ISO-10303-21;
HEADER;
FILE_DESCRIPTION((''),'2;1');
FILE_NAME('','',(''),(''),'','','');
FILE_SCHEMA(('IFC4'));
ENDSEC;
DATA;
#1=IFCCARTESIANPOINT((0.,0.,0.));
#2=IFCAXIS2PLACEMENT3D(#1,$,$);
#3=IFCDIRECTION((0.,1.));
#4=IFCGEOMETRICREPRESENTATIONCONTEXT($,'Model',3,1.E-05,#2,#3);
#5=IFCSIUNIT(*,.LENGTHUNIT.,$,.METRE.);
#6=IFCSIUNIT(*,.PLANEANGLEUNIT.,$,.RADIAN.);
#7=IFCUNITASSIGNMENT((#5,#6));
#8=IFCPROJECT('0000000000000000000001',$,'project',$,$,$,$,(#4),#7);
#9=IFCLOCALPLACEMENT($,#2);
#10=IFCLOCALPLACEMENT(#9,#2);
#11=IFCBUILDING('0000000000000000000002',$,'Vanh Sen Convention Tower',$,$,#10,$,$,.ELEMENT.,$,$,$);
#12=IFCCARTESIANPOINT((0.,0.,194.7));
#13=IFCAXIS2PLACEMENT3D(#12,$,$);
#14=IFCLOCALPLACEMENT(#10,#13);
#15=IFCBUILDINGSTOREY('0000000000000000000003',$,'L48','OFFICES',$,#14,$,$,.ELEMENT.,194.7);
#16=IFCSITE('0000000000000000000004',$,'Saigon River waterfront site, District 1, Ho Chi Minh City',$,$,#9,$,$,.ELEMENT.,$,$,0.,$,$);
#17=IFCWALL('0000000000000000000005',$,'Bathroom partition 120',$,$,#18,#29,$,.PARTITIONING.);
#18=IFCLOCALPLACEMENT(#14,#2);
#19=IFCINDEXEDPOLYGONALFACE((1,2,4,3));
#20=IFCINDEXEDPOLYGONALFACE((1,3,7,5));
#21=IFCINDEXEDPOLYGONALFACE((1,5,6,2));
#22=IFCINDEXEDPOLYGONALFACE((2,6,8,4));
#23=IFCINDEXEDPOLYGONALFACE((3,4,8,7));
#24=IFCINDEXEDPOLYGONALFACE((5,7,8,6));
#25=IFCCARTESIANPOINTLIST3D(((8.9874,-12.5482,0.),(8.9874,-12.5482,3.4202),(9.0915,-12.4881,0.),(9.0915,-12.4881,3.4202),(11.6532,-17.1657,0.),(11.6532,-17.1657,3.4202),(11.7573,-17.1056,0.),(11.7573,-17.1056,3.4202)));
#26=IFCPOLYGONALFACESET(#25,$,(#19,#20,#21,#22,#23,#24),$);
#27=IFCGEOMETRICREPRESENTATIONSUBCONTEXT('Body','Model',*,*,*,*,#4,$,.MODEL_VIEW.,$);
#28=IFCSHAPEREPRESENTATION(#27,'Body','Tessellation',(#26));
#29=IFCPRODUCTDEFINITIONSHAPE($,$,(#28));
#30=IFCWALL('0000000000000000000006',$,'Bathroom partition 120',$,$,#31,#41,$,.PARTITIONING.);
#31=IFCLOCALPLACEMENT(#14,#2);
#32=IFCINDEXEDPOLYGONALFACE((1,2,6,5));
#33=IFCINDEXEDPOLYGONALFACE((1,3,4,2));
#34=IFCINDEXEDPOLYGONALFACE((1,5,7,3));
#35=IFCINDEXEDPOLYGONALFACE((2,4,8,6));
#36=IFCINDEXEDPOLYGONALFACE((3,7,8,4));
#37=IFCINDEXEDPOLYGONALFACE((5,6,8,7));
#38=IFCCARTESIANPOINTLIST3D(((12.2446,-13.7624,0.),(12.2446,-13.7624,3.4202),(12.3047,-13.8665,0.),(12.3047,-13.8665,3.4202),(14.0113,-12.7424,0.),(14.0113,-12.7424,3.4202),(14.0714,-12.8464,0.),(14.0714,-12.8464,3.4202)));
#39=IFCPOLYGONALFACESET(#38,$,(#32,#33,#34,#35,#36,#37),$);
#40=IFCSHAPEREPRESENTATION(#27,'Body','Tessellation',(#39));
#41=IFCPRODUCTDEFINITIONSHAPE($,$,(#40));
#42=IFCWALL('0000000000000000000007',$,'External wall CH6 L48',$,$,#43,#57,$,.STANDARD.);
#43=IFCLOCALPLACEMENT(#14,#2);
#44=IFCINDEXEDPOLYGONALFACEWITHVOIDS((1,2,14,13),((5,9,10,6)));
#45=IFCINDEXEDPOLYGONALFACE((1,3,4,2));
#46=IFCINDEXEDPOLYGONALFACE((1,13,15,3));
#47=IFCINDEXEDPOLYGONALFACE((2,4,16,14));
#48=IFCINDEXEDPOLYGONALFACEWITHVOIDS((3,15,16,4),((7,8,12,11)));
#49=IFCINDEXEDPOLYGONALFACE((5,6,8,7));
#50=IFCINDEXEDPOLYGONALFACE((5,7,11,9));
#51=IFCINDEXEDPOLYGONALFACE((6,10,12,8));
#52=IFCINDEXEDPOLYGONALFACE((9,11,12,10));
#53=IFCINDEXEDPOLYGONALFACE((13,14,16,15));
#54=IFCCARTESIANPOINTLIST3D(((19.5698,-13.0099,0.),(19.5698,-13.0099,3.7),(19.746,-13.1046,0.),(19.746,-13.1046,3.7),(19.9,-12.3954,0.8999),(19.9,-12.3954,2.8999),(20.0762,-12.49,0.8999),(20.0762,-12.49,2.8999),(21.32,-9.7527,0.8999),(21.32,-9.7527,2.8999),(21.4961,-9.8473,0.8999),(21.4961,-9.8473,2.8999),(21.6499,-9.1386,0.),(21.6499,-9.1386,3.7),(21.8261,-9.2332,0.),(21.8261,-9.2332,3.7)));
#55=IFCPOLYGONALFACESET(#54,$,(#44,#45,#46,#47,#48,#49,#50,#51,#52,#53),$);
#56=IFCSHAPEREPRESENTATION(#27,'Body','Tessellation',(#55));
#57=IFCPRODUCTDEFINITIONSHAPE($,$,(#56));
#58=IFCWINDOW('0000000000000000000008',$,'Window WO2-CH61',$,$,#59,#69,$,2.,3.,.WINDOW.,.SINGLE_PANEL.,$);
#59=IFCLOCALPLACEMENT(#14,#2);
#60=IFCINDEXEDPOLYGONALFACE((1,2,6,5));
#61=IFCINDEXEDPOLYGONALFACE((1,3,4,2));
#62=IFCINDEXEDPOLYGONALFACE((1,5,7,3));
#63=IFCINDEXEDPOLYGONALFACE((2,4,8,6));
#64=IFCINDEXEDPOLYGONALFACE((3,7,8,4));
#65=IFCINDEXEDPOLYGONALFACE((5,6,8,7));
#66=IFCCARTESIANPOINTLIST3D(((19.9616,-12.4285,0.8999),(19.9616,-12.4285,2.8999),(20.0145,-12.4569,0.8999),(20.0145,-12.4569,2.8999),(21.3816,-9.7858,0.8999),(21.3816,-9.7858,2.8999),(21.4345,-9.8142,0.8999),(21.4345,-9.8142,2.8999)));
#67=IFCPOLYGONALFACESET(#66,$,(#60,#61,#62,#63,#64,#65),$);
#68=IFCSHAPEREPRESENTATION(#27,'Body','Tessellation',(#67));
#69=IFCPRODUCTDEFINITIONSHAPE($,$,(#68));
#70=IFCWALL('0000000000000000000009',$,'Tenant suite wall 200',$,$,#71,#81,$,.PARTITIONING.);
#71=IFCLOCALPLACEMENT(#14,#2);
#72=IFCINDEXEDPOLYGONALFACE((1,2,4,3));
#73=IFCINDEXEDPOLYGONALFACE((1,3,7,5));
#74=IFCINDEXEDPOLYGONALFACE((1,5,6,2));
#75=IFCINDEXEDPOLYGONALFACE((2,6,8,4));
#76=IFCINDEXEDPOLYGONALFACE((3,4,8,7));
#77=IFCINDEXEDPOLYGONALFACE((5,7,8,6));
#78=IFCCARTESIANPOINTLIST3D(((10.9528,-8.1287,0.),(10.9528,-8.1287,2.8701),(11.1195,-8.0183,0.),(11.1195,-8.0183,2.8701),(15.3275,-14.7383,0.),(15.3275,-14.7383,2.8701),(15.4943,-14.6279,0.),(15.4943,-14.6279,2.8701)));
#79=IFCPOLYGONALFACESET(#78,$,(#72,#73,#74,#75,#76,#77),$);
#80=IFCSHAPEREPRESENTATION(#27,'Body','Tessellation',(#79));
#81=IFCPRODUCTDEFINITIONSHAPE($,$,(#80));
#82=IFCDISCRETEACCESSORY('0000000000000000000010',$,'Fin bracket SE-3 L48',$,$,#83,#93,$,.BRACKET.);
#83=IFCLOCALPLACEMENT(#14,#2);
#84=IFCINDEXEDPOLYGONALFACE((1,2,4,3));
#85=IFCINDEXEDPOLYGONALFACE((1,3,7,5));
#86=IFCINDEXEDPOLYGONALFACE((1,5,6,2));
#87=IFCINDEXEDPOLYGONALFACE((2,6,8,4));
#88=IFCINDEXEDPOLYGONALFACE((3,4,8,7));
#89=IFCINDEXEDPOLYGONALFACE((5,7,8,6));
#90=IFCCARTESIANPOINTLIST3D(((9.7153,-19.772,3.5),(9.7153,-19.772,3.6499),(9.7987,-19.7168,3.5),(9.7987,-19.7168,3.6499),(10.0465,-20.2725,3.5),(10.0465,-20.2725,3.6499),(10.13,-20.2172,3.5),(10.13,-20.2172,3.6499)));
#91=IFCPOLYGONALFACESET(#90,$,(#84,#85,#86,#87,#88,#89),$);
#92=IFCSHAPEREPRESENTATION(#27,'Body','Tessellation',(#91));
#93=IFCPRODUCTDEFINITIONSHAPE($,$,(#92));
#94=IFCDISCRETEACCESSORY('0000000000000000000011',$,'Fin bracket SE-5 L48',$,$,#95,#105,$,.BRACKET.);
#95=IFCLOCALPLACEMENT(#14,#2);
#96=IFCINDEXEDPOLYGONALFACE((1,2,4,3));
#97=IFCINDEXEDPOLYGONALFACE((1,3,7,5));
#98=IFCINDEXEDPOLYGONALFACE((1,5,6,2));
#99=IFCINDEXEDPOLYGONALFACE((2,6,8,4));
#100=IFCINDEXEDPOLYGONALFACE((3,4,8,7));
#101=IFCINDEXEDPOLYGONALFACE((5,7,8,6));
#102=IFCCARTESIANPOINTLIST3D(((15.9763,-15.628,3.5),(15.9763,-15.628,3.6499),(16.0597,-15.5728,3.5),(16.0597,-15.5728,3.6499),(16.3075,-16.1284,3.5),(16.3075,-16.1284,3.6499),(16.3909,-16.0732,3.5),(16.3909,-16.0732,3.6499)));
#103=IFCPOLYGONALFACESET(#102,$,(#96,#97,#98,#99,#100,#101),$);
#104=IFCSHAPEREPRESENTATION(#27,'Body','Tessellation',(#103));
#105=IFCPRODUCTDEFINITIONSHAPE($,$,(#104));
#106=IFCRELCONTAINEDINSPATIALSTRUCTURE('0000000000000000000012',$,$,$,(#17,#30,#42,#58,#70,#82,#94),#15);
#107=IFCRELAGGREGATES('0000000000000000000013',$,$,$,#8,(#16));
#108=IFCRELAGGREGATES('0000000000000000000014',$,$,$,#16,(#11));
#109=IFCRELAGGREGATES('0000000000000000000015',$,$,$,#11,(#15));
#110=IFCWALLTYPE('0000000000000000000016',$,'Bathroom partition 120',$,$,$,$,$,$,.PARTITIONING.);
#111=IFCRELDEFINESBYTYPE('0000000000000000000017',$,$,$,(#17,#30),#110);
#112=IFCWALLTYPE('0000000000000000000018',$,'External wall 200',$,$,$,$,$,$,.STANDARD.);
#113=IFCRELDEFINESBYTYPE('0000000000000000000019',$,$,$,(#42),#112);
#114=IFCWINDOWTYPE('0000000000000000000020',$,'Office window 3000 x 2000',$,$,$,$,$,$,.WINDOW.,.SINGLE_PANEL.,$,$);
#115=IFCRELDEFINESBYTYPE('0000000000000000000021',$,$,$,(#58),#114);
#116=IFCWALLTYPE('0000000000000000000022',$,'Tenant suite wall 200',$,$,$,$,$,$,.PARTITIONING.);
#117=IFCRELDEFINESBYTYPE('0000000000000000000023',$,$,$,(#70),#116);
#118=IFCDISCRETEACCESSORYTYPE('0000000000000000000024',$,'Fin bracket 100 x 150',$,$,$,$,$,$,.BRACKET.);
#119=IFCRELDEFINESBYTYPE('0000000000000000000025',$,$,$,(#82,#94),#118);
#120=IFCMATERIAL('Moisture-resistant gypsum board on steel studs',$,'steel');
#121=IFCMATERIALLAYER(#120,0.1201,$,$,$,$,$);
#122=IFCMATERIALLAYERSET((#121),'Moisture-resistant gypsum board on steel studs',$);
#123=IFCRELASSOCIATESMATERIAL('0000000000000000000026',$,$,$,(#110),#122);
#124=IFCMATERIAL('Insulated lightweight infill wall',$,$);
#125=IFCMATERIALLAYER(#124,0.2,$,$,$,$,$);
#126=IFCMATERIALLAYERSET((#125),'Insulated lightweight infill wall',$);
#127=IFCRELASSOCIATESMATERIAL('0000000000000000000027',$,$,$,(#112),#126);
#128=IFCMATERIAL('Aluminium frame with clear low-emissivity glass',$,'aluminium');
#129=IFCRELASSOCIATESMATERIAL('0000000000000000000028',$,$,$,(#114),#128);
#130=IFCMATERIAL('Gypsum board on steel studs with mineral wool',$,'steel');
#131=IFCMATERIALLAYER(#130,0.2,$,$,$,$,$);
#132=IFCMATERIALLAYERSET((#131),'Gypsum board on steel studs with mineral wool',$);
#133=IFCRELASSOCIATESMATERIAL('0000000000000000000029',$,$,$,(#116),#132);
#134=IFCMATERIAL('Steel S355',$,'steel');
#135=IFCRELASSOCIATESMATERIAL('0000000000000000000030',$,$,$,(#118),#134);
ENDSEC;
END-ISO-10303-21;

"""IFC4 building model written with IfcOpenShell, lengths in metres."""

from ifc_helpers import new_model, si_unit, direction, frame, frame_2d, origin, origin_2d, place, context, subcontext, project, spatial, rectangle, extrude, material, layer, layer_set, type_object, element, fill, save


model = new_model("IFC4")

# Units and contexts
model_context = context("Model", 3, precision=1e-05, world=origin(), true_north=direction((0.0, 1.0)))
body_context = subcontext(model_context, "Body", "Model", "MODEL_VIEW")
ifc_project = project(units=[si_unit("LENGTHUNIT", "METRE"), si_unit("PLANEANGLEUNIT", "RADIAN")], contexts=[model_context])

# Site, building, storey
site_placement = place(None, origin())
site = spatial("IfcSite", under=ifc_project, at=site_placement, Name="Saigon River waterfront site, District 1, Ho Chi Minh City", CompositionType="ELEMENT", RefElevation=0.0)
building_placement = place(site_placement, origin())
building = spatial("IfcBuilding", under=site, at=building_placement, Name="Vanh Sen Convention Tower", CompositionType="ELEMENT")
storey_placement = place(building_placement, frame((0.0, 0.0, 194.7)))
storey = spatial("IfcBuildingStorey", under=building, at=storey_placement, Name="L48", Description="OFFICES", CompositionType="ELEMENT", Elevation=194.7)

# Walls
ifc_material_1 = material(Name="Moisture-resistant gypsum board on steel studs", Category="steel")
ifc_layer_1 = layer(ifc_material_1, 0.1201)
ifc_layer_set_1 = layer_set([ifc_layer_1], Name="Moisture-resistant gypsum board on steel studs")
wall_type_1 = type_object("IfcWallType", Name="Bathroom partition 120", PredefinedType="PARTITIONING", material=ifc_layer_set_1)
wall_1_placement = place(storey_placement, frame((11.7053, -17.1357, 0.0), z_axis=(0.0, 0.0, 1.0), x_axis=(-0.499985, 0.866034, 0.0)))
element("IfcWall", 1, at=wall_1_placement, inside=storey, type_object=wall_type_1, Name="Bathroom partition 120", PredefinedType="PARTITIONING", context=body_context, shape_type="SweptSolid", body=[
    extrude(rectangle(XDim=5.3318, YDim=0.1201, at=frame_2d((2.666, 0.0))), origin(), (0.0, 0.0, 1.0), 3.4202),
])
wall_2_placement = place(storey_placement, frame((12.2747, -13.8145, 0.0), z_axis=(0.0, 0.0, 1.0), x_axis=(0.86601, 0.500026, 0.0)))
element("IfcWall", 2, at=wall_2_placement, inside=storey, type_object=wall_type_1, Name="Bathroom partition 120", PredefinedType="PARTITIONING", context=body_context, shape_type="SweptSolid", body=[
    extrude(rectangle(XDim=2.04, YDim=0.1201, at=frame_2d((1.02, 0.0))), origin(), (0.0, 0.0, 1.0), 3.4202),
])

# Wall, opening, window
ifc_material_2 = material(Name="Insulated lightweight infill wall")
ifc_layer_2 = layer(ifc_material_2, 0.2)
ifc_layer_set_2 = layer_set([ifc_layer_2], Name="Insulated lightweight infill wall")
wall_type_2 = type_object("IfcWallType", Name="External wall 200", PredefinedType="STANDARD", material=ifc_layer_set_2)
wall_3_placement = place(storey_placement, frame((19.658, -13.0571, 0.0), z_axis=(0.0, 0.0, 1.0), x_axis=(0.473308, 0.880897, 0.0)))
wall_3 = element("IfcWall", 3, at=wall_3_placement, inside=storey, type_object=wall_type_2, Name="External wall CH6 L48", PredefinedType="STANDARD", context=body_context, shape_type="SweptSolid", body=[
    extrude(rectangle(XDim=4.3948, YDim=0.2, at=frame_2d((2.1973, 0.0))), origin(), (0.0, 0.0, 1.0), 3.7),
])
opening_placement = place(wall_3_placement, frame((0.6975, 0.0, 0.8999)))
opening = element("IfcOpeningElement", 4, at=opening_placement, cuts=wall_3, PredefinedType="OPENING", context=body_context, shape_type="SweptSolid", body=[
    extrude(rectangle(XDim=3.0, YDim=2.0, at=frame_2d((1.5, 1.0))), frame((0.0, 0.1099, 0.0), z_axis=(0.0, -1.0, 0.0), x_axis=(1.0, 0.0, 0.0)), (0.0, 0.0, 1.0), 0.22),
])
ifc_material_3 = material(Name="Aluminium frame with clear low-emissivity glass", Category="aluminium")
window_type = type_object("IfcWindowType", Name="Office window 3000 x 2000", PartitioningType="SINGLE_PANEL", PredefinedType="WINDOW", material=ifc_material_3)
window_placement = place(opening_placement, origin())
window = element("IfcWindow", 5, at=window_placement, inside=storey, type_object=window_type, Name="Window WO2-CH61", OverallHeight=2.0, OverallWidth=3.0, PartitioningType="SINGLE_PANEL", PredefinedType="WINDOW", context=body_context, shape_type="SweptSolid", body=[
    extrude(rectangle(XDim=3.0, YDim=2.0, at=frame_2d((1.5, 1.0))), frame((0.0, 0.03, 0.0), z_axis=(0.0, -1.0, 0.0), x_axis=(1.0, 0.0, 0.0)), (0.0, 0.0, 1.0), 0.0601),
])
fill(opening, window)

# Wall
ifc_material_4 = material(Name="Gypsum board on steel studs with mineral wool", Category="steel")
ifc_layer_3 = layer(ifc_material_4, 0.2)
ifc_layer_set_3 = layer_set([ifc_layer_3], Name="Gypsum board on steel studs with mineral wool")
wall_type_3 = type_object("IfcWallType", Name="Tenant suite wall 200", PredefinedType="PARTITIONING", material=ifc_layer_set_3)
wall_4_placement = place(storey_placement, frame((15.4109, -14.6831, 0.0), z_axis=(0.0, 0.0, 1.0), x_axis=(-0.551932, 0.833889, 0.0)))
element("IfcWall", 6, at=wall_4_placement, inside=storey, type_object=wall_type_3, Name="Tenant suite wall 200", PredefinedType="PARTITIONING", context=body_context, shape_type="SweptSolid", body=[
    extrude(rectangle(XDim=7.9263, YDim=0.2, at=frame_2d((3.9631, 0.0))), origin(), (0.0, 0.0, 1.0), 2.8701),
])

# Discrete accessories
ifc_material_5 = material(Name="Steel S355", Category="steel")
discrete_accessory_type = type_object("IfcDiscreteAccessoryType", Name="Fin bracket 100 x 150", PredefinedType="BRACKET", material=ifc_material_5)
for number, where, z_axis, x_axis, name in (
    (7, (9.9226, -19.9946, 3.5), (0.0, 0.0, 1.0), (0.551937, -0.833886, 0.0), "Fin bracket SE-3 L48"),
    (8, (16.1836, -15.8506, 3.5), (0.0, 0.0, 1.0), (0.551937, -0.833886, 0.0), "Fin bracket SE-5 L48"),
):
    element("IfcDiscreteAccessory", number, at=place(storey_placement, frame(where, z_axis=z_axis, x_axis=x_axis)), inside=storey, type_object=discrete_accessory_type, Name=name, PredefinedType="BRACKET", context=body_context, shape_type="SweptSolid", body=[
        extrude(rectangle(XDim=0.6001, YDim=0.1001, at=origin_2d()), origin(), (0.0, 0.0, 1.0), 0.1499),
    ])

save(model, "model.ifc")
